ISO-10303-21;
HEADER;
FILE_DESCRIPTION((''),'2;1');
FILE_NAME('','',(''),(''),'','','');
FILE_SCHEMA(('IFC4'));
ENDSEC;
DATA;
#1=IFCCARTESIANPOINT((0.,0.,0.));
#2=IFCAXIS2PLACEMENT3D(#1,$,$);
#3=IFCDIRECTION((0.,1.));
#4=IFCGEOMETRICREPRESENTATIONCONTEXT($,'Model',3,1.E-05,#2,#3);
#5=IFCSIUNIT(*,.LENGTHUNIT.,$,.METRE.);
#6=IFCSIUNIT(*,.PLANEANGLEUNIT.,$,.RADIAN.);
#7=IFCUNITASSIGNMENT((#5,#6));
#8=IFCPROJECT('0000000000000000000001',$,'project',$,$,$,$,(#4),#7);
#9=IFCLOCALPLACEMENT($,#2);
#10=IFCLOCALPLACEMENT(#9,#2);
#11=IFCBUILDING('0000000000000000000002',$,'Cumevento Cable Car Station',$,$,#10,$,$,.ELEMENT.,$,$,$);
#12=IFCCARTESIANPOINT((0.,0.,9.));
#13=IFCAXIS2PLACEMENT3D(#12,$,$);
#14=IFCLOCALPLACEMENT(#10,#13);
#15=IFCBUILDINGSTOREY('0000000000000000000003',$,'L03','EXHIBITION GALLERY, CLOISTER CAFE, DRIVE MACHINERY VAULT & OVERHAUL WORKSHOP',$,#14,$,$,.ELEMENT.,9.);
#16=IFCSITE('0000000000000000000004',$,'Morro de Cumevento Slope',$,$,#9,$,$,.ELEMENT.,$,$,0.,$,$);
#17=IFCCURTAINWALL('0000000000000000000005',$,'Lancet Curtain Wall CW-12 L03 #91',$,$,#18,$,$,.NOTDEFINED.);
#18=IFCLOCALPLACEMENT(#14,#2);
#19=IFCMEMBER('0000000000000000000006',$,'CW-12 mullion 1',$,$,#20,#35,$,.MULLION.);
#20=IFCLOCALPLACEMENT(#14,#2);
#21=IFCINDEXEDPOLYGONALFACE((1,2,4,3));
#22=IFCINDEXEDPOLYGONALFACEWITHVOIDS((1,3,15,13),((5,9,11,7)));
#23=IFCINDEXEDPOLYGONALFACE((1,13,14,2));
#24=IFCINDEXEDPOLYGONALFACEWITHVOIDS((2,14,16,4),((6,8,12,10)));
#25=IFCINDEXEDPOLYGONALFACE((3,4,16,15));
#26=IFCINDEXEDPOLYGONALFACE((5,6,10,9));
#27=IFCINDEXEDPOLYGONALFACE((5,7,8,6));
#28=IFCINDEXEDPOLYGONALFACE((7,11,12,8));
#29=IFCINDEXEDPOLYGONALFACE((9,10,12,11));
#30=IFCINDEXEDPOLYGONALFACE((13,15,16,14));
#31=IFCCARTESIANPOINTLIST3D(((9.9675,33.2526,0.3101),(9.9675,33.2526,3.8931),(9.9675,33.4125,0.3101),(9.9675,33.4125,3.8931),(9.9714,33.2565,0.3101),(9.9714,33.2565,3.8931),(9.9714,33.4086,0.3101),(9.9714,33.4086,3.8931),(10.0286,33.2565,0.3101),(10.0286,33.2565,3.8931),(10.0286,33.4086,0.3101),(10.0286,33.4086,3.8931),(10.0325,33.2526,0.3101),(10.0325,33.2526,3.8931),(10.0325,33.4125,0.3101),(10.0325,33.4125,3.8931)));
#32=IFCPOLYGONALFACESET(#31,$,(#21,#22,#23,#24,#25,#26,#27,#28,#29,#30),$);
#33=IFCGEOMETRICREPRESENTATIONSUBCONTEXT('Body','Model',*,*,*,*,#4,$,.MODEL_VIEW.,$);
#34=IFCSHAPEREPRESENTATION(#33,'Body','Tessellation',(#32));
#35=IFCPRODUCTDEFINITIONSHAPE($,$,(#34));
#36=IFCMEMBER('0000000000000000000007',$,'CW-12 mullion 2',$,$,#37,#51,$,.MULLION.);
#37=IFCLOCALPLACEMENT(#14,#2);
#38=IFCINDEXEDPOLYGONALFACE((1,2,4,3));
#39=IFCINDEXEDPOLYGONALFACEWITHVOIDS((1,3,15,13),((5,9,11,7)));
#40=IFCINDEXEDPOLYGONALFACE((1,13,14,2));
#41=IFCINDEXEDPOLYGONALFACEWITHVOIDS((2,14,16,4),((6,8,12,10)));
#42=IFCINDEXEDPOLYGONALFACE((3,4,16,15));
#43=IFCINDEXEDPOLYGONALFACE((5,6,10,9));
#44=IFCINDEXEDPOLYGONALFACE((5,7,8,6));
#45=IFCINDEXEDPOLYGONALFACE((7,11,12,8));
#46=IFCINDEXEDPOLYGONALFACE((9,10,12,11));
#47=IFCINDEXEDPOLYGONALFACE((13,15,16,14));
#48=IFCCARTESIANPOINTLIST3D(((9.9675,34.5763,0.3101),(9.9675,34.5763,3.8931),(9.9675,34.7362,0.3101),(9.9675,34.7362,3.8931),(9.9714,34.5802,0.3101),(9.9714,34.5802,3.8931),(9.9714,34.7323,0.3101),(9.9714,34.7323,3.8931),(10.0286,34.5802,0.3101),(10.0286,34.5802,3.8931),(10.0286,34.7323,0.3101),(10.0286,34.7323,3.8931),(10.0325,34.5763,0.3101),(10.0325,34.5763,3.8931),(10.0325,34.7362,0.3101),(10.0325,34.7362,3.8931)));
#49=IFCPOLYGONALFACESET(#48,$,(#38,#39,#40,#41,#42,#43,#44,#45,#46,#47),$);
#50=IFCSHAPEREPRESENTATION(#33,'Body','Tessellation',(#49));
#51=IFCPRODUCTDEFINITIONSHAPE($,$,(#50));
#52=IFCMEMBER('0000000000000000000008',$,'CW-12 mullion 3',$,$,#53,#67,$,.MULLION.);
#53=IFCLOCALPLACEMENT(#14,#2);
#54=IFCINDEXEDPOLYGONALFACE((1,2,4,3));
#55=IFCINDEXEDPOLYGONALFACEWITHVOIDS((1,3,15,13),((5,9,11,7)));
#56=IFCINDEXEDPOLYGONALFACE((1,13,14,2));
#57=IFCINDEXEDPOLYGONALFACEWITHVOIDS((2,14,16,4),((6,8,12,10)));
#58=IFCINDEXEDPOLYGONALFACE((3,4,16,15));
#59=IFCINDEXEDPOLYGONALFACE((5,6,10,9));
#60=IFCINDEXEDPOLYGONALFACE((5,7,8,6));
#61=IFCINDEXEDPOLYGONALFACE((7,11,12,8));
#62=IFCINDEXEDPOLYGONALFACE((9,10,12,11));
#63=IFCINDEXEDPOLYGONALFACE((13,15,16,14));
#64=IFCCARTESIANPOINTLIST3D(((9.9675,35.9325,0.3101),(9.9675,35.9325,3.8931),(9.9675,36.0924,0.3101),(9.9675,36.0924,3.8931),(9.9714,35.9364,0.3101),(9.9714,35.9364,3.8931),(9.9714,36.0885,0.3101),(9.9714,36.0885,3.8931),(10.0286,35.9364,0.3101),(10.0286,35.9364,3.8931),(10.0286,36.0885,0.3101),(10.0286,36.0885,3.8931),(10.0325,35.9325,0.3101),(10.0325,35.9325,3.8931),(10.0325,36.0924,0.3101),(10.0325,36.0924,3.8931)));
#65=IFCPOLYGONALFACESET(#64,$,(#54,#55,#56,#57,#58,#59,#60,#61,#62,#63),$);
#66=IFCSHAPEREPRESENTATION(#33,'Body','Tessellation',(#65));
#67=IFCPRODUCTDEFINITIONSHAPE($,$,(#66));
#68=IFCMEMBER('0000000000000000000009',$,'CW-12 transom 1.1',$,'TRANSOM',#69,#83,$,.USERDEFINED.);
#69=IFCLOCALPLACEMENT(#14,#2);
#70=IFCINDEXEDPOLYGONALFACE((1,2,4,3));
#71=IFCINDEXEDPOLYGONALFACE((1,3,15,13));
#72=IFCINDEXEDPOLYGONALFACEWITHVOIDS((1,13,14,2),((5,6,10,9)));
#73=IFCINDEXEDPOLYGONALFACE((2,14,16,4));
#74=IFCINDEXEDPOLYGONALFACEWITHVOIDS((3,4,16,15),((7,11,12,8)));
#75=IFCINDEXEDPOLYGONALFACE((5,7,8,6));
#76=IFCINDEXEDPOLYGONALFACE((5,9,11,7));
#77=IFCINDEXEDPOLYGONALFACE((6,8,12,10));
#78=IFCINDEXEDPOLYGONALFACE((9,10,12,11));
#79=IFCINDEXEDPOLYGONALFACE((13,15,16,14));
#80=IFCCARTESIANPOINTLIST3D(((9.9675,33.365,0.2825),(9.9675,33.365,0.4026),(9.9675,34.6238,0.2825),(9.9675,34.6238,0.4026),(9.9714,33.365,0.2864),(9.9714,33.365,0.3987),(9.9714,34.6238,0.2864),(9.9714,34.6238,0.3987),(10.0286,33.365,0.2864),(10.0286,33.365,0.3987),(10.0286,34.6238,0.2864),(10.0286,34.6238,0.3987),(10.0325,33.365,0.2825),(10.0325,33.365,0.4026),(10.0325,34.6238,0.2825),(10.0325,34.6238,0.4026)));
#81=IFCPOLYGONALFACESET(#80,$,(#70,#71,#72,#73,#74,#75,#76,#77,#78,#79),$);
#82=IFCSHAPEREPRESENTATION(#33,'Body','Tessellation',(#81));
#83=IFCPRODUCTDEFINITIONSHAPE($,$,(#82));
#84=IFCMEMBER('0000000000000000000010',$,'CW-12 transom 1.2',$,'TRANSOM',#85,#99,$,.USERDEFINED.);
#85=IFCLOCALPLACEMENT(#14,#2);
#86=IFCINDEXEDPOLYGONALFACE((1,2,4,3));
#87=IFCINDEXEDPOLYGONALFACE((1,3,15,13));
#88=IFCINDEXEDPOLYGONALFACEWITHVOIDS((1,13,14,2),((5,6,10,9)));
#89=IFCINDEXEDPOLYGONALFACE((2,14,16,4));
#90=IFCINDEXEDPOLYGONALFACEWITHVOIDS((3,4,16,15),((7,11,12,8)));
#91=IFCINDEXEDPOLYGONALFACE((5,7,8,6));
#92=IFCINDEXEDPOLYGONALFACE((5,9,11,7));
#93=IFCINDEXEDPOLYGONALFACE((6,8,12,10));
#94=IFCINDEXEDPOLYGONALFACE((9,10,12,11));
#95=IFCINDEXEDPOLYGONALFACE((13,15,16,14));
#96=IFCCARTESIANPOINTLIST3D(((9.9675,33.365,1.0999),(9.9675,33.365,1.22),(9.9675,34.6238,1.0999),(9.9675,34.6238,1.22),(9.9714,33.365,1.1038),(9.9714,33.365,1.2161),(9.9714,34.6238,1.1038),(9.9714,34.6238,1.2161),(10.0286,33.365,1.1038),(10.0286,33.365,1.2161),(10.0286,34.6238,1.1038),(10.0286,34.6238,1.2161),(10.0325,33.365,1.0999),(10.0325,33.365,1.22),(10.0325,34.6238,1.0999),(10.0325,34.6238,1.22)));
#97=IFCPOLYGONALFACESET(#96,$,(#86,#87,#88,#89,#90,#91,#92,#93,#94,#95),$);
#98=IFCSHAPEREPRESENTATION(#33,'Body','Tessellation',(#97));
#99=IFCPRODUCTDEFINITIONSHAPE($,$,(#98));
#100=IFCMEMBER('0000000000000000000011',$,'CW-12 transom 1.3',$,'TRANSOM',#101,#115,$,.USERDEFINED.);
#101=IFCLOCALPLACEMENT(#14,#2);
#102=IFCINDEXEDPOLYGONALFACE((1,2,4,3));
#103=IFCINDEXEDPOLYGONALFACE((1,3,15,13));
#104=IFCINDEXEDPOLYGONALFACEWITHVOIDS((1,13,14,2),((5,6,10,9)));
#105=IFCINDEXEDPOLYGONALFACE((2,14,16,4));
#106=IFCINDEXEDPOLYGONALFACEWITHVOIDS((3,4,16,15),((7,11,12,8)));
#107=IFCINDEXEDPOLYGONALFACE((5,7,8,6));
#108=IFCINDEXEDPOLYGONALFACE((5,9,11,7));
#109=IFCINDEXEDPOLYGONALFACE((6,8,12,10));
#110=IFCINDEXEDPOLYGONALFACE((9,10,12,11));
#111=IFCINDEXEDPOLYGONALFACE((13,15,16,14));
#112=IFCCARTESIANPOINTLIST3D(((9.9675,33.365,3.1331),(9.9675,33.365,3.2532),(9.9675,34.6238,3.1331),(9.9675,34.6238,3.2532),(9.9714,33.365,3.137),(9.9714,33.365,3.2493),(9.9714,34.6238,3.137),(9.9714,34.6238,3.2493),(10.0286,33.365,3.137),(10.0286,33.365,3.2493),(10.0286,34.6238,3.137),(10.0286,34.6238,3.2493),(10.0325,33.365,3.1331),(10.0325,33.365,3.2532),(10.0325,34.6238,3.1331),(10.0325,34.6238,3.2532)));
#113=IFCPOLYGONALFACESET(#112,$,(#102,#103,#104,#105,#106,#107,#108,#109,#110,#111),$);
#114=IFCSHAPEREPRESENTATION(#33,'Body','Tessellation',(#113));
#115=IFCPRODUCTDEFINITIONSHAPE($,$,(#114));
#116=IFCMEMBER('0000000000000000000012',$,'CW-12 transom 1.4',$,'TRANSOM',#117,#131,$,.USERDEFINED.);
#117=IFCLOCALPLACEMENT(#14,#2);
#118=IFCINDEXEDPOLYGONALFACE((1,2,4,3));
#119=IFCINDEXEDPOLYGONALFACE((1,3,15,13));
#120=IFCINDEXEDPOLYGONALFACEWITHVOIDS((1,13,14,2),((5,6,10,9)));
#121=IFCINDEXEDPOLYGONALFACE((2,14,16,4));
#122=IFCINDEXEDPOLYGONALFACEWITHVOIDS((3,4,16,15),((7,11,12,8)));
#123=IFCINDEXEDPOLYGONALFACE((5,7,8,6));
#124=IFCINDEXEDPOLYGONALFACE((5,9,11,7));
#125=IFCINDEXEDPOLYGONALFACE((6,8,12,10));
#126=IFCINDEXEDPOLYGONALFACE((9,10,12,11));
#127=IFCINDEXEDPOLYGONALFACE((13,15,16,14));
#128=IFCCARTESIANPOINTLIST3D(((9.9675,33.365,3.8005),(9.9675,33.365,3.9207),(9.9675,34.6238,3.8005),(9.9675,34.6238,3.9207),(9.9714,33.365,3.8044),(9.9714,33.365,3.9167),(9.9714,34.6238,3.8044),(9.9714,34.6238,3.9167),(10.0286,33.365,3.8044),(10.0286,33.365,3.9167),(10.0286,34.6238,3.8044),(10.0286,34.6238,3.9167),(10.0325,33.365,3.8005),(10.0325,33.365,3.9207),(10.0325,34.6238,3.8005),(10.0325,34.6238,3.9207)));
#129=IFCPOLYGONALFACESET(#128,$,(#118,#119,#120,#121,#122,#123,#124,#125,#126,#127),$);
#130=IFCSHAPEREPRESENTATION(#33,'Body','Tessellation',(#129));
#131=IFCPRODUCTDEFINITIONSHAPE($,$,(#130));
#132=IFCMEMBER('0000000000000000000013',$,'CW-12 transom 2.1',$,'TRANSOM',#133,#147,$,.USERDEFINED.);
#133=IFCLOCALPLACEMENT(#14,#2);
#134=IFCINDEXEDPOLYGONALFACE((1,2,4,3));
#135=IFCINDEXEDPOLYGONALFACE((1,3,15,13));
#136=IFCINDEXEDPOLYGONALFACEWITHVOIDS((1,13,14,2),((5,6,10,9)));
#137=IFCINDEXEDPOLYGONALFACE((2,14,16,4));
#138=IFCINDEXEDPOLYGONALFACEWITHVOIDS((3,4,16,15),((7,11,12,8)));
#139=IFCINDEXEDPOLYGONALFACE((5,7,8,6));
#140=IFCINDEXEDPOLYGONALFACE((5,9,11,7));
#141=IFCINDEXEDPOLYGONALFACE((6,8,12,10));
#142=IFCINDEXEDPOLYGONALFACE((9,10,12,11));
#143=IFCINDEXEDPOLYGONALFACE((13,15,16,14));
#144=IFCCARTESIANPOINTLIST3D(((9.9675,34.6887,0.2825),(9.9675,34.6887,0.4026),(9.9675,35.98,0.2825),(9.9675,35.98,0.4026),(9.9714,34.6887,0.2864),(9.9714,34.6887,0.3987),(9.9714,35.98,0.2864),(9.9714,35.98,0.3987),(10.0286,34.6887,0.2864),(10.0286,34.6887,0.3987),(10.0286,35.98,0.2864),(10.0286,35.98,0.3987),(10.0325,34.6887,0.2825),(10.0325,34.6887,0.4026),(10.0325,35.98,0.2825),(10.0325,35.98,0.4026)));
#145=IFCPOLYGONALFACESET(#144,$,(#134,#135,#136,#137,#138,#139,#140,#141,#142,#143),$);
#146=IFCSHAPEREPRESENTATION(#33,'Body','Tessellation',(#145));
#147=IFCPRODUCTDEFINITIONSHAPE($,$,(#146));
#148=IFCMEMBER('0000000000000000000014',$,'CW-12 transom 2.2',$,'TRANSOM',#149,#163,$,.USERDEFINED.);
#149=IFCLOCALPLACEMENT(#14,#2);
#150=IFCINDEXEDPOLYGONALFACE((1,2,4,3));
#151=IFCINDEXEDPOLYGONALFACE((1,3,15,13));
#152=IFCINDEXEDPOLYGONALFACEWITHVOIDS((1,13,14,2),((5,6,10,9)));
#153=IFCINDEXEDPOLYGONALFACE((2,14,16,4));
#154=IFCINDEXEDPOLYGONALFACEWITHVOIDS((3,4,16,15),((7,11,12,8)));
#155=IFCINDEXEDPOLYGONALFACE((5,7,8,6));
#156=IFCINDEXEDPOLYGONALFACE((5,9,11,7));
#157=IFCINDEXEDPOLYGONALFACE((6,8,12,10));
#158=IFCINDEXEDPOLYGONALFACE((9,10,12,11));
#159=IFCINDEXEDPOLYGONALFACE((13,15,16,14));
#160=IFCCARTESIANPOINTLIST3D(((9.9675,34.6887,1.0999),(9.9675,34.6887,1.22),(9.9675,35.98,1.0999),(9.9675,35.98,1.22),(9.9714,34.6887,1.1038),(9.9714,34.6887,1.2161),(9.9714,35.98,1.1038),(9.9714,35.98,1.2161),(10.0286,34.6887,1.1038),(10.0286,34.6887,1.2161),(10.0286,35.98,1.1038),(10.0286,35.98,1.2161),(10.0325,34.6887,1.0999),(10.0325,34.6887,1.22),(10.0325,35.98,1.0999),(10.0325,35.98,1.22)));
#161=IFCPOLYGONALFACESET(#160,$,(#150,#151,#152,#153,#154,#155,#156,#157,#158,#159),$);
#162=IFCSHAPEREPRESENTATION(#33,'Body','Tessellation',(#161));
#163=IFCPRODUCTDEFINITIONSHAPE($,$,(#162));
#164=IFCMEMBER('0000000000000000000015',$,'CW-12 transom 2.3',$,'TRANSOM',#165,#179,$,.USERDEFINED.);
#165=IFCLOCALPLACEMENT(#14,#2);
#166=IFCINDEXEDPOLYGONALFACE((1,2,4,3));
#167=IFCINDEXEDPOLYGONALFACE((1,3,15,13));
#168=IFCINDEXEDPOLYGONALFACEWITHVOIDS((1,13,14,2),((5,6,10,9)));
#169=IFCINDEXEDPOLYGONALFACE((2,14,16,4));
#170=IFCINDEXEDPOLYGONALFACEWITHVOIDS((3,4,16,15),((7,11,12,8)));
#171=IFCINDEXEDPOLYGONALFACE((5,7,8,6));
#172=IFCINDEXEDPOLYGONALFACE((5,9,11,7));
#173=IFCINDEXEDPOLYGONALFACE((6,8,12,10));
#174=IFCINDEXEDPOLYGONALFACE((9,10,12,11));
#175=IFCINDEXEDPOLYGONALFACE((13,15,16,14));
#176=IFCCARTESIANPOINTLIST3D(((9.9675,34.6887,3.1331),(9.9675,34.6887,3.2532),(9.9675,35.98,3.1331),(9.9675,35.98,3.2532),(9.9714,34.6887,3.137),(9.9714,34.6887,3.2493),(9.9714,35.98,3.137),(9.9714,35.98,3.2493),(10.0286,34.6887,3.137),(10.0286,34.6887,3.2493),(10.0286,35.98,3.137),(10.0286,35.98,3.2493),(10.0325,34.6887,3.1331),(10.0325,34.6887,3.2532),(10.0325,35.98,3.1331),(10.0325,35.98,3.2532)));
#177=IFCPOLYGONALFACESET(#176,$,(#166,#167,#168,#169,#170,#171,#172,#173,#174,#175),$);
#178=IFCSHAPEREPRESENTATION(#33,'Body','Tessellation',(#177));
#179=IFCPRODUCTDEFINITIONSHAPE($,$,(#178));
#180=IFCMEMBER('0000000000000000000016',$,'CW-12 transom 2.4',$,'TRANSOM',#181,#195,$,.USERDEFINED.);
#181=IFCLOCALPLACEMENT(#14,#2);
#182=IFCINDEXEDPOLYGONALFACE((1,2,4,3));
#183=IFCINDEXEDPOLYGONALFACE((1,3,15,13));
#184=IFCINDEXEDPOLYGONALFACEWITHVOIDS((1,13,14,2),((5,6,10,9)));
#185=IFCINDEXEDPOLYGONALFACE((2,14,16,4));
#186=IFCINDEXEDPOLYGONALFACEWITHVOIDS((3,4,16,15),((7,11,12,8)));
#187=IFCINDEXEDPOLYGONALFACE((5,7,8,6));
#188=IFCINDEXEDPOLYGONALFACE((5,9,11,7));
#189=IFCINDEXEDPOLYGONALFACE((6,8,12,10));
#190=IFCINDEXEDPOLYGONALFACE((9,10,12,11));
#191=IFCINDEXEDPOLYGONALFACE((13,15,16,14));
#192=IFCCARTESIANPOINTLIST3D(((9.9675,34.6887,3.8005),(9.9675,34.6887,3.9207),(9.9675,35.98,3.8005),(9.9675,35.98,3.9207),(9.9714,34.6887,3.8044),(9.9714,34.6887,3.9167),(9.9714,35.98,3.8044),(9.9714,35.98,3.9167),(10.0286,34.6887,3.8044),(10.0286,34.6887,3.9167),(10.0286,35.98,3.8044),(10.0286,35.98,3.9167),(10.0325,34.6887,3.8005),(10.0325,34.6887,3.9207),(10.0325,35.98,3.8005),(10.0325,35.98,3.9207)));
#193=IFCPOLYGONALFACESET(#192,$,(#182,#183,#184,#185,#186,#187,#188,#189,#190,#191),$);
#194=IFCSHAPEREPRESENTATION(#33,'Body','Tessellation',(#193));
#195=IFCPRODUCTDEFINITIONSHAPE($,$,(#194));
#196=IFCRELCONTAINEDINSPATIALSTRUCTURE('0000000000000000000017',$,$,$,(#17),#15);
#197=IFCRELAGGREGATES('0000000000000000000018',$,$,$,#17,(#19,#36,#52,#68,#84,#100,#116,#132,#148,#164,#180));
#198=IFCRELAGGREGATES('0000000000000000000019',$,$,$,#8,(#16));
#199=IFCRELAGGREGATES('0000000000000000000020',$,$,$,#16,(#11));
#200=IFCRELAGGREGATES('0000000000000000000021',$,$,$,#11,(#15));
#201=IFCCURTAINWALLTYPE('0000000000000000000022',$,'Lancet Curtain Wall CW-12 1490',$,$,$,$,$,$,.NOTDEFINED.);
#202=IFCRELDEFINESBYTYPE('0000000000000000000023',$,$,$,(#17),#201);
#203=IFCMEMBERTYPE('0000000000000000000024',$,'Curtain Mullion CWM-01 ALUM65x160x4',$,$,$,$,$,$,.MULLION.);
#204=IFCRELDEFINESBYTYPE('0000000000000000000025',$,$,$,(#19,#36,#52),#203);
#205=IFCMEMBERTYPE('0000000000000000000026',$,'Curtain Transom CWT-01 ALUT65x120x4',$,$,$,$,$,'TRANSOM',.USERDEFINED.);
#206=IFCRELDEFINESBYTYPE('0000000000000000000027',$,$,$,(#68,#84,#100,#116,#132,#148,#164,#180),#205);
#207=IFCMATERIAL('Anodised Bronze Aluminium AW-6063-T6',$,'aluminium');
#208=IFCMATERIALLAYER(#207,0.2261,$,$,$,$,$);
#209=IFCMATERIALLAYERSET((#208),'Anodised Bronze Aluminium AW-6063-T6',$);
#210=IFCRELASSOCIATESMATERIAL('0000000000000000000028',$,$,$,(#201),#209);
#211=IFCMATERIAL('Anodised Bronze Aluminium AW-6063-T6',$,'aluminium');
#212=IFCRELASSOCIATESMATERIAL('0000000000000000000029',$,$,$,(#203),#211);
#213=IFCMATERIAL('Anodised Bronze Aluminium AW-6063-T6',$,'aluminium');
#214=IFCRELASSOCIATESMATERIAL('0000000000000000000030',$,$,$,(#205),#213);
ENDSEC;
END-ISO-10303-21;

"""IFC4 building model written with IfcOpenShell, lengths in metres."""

from ifc_helpers import new_model, si_unit, direction, frame, origin, origin_2d, place, context, subcontext, project, spatial, hollow_rectangle, extrude, material, layer, layer_set, material_profile, profile_set, type_object, element, aggregate, save


model = new_model("IFC4")

# Units and contexts
model_context = context("Model", 3, precision=1e-05, world=origin(), true_north=direction((0.0, 1.0)))
body_context = subcontext(model_context, "Body", "Model", "MODEL_VIEW")
ifc_project = project(units=[si_unit("LENGTHUNIT", "METRE"), si_unit("PLANEANGLEUNIT", "RADIAN")], contexts=[model_context])

# Site, building, storey
site_placement = place(None, origin())
site = spatial("IfcSite", under=ifc_project, at=site_placement, Name="Morro de Cumevento Slope", CompositionType="ELEMENT", RefElevation=0.0)
building_placement = place(site_placement, origin())
building = spatial("IfcBuilding", under=site, at=building_placement, Name="Cumevento Cable Car Station", CompositionType="ELEMENT")
storey_placement = place(building_placement, frame((0.0, 0.0, 9.0)))
storey = spatial("IfcBuildingStorey", under=building, at=storey_placement, Name="L03", Description="EXHIBITION GALLERY, CLOISTER CAFE, DRIVE MACHINERY VAULT & OVERHAUL WORKSHOP", CompositionType="ELEMENT", Elevation=9.0)

# Curtain wall, members
ifc_material_1 = material(Name="Anodised Bronze Aluminium AW-6063-T6", Category="aluminium")
ifc_layer_1 = layer(ifc_material_1, 0.2261)
ifc_layer_set_1 = layer_set([ifc_layer_1], Name="Anodised Bronze Aluminium AW-6063-T6")
curtain_wall_type = type_object("IfcCurtainWallType", Name="Lancet Curtain Wall CW-12 1490", PredefinedType="NOTDEFINED", material=ifc_layer_set_1)
curtain_wall_placement = place(storey_placement, origin())
curtain_wall = element("IfcCurtainWall", 1, at=curtain_wall_placement, inside=storey, type_object=curtain_wall_type, Name="Lancet Curtain Wall CW-12 L03 #91", PredefinedType="NOTDEFINED")
ifc_material_2 = material(Name="Anodised Bronze Aluminium AW-6063-T6", Category="aluminium")
ifc_material_profile_1 = material_profile(ifc_material_2, hollow_rectangle(XDim=0.0649, YDim=0.1599, WallThickness=0.0039, at=origin_2d()), Name="ALUM65x160x4")
ifc_profile_set_1 = profile_set([ifc_material_profile_1], Name="Anodised Bronze Aluminium AW-6063-T6")
member_type_1 = type_object("IfcMemberType", Name="Curtain Mullion CWM-01 ALUM65x160x4", PredefinedType="MULLION", material=ifc_profile_set_1)
member_1_placement = place(storey_placement, frame((10.0, 33.3325, 0.3101), z_axis=(0.0, 0.0, 1.0), x_axis=(-1.0, 0.0, 0.0)))
member_1 = element("IfcMember", 2, at=member_1_placement, type_object=member_type_1, Name="CW-12 mullion 1", PredefinedType="MULLION", context=body_context, shape_type="SweptSolid", body=[
    extrude(hollow_rectangle(XDim=0.0649, YDim=0.1599, WallThickness=0.0039, at=origin_2d()), origin(), (0.0, 0.0, 1.0), 3.583),
])
member_2_placement = place(storey_placement, frame((10.0, 34.6562, 0.3101), z_axis=(0.0, 0.0, 1.0), x_axis=(-1.0, 0.0, 0.0)))
member_2 = element("IfcMember", 3, at=member_2_placement, type_object=member_type_1, Name="CW-12 mullion 2", PredefinedType="MULLION", context=body_context, shape_type="SweptSolid", body=[
    extrude(hollow_rectangle(XDim=0.0649, YDim=0.1599, WallThickness=0.0039, at=origin_2d()), origin(), (0.0, 0.0, 1.0), 3.583),
])
member_3_placement = place(storey_placement, frame((10.0, 36.0125, 0.3101), z_axis=(0.0, 0.0, 1.0), x_axis=(-1.0, 0.0, 0.0)))
member_3 = element("IfcMember", 4, at=member_3_placement, type_object=member_type_1, Name="CW-12 mullion 3", PredefinedType="MULLION", context=body_context, shape_type="SweptSolid", body=[
    extrude(hollow_rectangle(XDim=0.0649, YDim=0.1599, WallThickness=0.0039, at=origin_2d()), origin(), (0.0, 0.0, 1.0), 3.583),
])
ifc_material_3 = material(Name="Anodised Bronze Aluminium AW-6063-T6", Category="aluminium")
ifc_material_profile_2 = material_profile(ifc_material_3, hollow_rectangle(XDim=0.0649, YDim=0.1201, WallThickness=0.0039, at=origin_2d()), Name="ALUT65x120x4")
ifc_profile_set_2 = profile_set([ifc_material_profile_2], Name="Anodised Bronze Aluminium AW-6063-T6")
member_type_2 = type_object("IfcMemberType", Name="Curtain Transom CWT-01 ALUT65x120x4", ElementType="TRANSOM", PredefinedType="USERDEFINED", material=ifc_profile_set_2)
member_4_placement = place(storey_placement, frame((10.0, 33.365, 0.3425), z_axis=(0.0, 1.0, 0.0), x_axis=(-1.0, 0.0, 0.0)))
member_4 = element("IfcMember", 5, at=member_4_placement, type_object=member_type_2, Name="CW-12 transom 1.1", ObjectType="TRANSOM", PredefinedType="USERDEFINED", context=body_context, shape_type="SweptSolid", body=[
    extrude(hollow_rectangle(XDim=0.0649, YDim=0.1201, WallThickness=0.0039, at=origin_2d()), origin(), (0.0, 0.0, 1.0), 1.2588),
])
member_5_placement = place(storey_placement, frame((10.0, 33.365, 1.1599), z_axis=(0.0, 1.0, 0.0), x_axis=(-1.0, 0.0, 0.0)))
member_5 = element("IfcMember", 6, at=member_5_placement, type_object=member_type_2, Name="CW-12 transom 1.2", ObjectType="TRANSOM", PredefinedType="USERDEFINED", context=body_context, shape_type="SweptSolid", body=[
    extrude(hollow_rectangle(XDim=0.0649, YDim=0.1201, WallThickness=0.0039, at=origin_2d()), origin(), (0.0, 0.0, 1.0), 1.2588),
])
member_6_placement = place(storey_placement, frame((10.0, 33.365, 3.1931), z_axis=(0.0, 1.0, 0.0), x_axis=(-1.0, 0.0, 0.0)))
member_6 = element("IfcMember", 7, at=member_6_placement, type_object=member_type_2, Name="CW-12 transom 1.3", ObjectType="TRANSOM", PredefinedType="USERDEFINED", context=body_context, shape_type="SweptSolid", body=[
    extrude(hollow_rectangle(XDim=0.0649, YDim=0.1201, WallThickness=0.0039, at=origin_2d()), origin(), (0.0, 0.0, 1.0), 1.2588),
])
member_7_placement = place(storey_placement, frame((10.0, 33.365, 3.8606), z_axis=(0.0, 1.0, 0.0), x_axis=(-1.0, 0.0, 0.0)))
member_7 = element("IfcMember", 8, at=member_7_placement, type_object=member_type_2, Name="CW-12 transom 1.4", ObjectType="TRANSOM", PredefinedType="USERDEFINED", context=body_context, shape_type="SweptSolid", body=[
    extrude(hollow_rectangle(XDim=0.0649, YDim=0.1201, WallThickness=0.0039, at=origin_2d()), origin(), (0.0, 0.0, 1.0), 1.2588),
])
member_8_placement = place(storey_placement, frame((10.0, 34.6887, 0.3425), z_axis=(0.0, 1.0, 0.0), x_axis=(-1.0, 0.0, 0.0)))
member_8 = element("IfcMember", 9, at=member_8_placement, type_object=member_type_2, Name="CW-12 transom 2.1", ObjectType="TRANSOM", PredefinedType="USERDEFINED", context=body_context, shape_type="SweptSolid", body=[
    extrude(hollow_rectangle(XDim=0.0649, YDim=0.1201, WallThickness=0.0039, at=origin_2d()), origin(), (0.0, 0.0, 1.0), 1.2913),
])
member_9_placement = place(storey_placement, frame((10.0, 34.6887, 1.1599), z_axis=(0.0, 1.0, 0.0), x_axis=(-1.0, 0.0, 0.0)))
member_9 = element("IfcMember", 10, at=member_9_placement, type_object=member_type_2, Name="CW-12 transom 2.2", ObjectType="TRANSOM", PredefinedType="USERDEFINED", context=body_context, shape_type="SweptSolid", body=[
    extrude(hollow_rectangle(XDim=0.0649, YDim=0.1201, WallThickness=0.0039, at=origin_2d()), origin(), (0.0, 0.0, 1.0), 1.2913),
])
member_10_placement = place(storey_placement, frame((10.0, 34.6887, 3.1931), z_axis=(0.0, 1.0, 0.0), x_axis=(-1.0, 0.0, 0.0)))
member_10 = element("IfcMember", 11, at=member_10_placement, type_object=member_type_2, Name="CW-12 transom 2.3", ObjectType="TRANSOM", PredefinedType="USERDEFINED", context=body_context, shape_type="SweptSolid", body=[
    extrude(hollow_rectangle(XDim=0.0649, YDim=0.1201, WallThickness=0.0039, at=origin_2d()), origin(), (0.0, 0.0, 1.0), 1.2913),
])
member_11_placement = place(storey_placement, frame((10.0, 34.6887, 3.8606), z_axis=(0.0, 1.0, 0.0), x_axis=(-1.0, 0.0, 0.0)))
member_11 = element("IfcMember", 12, at=member_11_placement, type_object=member_type_2, Name="CW-12 transom 2.4", ObjectType="TRANSOM", PredefinedType="USERDEFINED", context=body_context, shape_type="SweptSolid", body=[
    extrude(hollow_rectangle(XDim=0.0649, YDim=0.1201, WallThickness=0.0039, at=origin_2d()), origin(), (0.0, 0.0, 1.0), 1.2913),
])

aggregate(curtain_wall, [member_1, member_2, member_3, member_4, member_5, member_6, member_7, member_8, member_9, member_10, member_11])

save(model, "model.ifc")
